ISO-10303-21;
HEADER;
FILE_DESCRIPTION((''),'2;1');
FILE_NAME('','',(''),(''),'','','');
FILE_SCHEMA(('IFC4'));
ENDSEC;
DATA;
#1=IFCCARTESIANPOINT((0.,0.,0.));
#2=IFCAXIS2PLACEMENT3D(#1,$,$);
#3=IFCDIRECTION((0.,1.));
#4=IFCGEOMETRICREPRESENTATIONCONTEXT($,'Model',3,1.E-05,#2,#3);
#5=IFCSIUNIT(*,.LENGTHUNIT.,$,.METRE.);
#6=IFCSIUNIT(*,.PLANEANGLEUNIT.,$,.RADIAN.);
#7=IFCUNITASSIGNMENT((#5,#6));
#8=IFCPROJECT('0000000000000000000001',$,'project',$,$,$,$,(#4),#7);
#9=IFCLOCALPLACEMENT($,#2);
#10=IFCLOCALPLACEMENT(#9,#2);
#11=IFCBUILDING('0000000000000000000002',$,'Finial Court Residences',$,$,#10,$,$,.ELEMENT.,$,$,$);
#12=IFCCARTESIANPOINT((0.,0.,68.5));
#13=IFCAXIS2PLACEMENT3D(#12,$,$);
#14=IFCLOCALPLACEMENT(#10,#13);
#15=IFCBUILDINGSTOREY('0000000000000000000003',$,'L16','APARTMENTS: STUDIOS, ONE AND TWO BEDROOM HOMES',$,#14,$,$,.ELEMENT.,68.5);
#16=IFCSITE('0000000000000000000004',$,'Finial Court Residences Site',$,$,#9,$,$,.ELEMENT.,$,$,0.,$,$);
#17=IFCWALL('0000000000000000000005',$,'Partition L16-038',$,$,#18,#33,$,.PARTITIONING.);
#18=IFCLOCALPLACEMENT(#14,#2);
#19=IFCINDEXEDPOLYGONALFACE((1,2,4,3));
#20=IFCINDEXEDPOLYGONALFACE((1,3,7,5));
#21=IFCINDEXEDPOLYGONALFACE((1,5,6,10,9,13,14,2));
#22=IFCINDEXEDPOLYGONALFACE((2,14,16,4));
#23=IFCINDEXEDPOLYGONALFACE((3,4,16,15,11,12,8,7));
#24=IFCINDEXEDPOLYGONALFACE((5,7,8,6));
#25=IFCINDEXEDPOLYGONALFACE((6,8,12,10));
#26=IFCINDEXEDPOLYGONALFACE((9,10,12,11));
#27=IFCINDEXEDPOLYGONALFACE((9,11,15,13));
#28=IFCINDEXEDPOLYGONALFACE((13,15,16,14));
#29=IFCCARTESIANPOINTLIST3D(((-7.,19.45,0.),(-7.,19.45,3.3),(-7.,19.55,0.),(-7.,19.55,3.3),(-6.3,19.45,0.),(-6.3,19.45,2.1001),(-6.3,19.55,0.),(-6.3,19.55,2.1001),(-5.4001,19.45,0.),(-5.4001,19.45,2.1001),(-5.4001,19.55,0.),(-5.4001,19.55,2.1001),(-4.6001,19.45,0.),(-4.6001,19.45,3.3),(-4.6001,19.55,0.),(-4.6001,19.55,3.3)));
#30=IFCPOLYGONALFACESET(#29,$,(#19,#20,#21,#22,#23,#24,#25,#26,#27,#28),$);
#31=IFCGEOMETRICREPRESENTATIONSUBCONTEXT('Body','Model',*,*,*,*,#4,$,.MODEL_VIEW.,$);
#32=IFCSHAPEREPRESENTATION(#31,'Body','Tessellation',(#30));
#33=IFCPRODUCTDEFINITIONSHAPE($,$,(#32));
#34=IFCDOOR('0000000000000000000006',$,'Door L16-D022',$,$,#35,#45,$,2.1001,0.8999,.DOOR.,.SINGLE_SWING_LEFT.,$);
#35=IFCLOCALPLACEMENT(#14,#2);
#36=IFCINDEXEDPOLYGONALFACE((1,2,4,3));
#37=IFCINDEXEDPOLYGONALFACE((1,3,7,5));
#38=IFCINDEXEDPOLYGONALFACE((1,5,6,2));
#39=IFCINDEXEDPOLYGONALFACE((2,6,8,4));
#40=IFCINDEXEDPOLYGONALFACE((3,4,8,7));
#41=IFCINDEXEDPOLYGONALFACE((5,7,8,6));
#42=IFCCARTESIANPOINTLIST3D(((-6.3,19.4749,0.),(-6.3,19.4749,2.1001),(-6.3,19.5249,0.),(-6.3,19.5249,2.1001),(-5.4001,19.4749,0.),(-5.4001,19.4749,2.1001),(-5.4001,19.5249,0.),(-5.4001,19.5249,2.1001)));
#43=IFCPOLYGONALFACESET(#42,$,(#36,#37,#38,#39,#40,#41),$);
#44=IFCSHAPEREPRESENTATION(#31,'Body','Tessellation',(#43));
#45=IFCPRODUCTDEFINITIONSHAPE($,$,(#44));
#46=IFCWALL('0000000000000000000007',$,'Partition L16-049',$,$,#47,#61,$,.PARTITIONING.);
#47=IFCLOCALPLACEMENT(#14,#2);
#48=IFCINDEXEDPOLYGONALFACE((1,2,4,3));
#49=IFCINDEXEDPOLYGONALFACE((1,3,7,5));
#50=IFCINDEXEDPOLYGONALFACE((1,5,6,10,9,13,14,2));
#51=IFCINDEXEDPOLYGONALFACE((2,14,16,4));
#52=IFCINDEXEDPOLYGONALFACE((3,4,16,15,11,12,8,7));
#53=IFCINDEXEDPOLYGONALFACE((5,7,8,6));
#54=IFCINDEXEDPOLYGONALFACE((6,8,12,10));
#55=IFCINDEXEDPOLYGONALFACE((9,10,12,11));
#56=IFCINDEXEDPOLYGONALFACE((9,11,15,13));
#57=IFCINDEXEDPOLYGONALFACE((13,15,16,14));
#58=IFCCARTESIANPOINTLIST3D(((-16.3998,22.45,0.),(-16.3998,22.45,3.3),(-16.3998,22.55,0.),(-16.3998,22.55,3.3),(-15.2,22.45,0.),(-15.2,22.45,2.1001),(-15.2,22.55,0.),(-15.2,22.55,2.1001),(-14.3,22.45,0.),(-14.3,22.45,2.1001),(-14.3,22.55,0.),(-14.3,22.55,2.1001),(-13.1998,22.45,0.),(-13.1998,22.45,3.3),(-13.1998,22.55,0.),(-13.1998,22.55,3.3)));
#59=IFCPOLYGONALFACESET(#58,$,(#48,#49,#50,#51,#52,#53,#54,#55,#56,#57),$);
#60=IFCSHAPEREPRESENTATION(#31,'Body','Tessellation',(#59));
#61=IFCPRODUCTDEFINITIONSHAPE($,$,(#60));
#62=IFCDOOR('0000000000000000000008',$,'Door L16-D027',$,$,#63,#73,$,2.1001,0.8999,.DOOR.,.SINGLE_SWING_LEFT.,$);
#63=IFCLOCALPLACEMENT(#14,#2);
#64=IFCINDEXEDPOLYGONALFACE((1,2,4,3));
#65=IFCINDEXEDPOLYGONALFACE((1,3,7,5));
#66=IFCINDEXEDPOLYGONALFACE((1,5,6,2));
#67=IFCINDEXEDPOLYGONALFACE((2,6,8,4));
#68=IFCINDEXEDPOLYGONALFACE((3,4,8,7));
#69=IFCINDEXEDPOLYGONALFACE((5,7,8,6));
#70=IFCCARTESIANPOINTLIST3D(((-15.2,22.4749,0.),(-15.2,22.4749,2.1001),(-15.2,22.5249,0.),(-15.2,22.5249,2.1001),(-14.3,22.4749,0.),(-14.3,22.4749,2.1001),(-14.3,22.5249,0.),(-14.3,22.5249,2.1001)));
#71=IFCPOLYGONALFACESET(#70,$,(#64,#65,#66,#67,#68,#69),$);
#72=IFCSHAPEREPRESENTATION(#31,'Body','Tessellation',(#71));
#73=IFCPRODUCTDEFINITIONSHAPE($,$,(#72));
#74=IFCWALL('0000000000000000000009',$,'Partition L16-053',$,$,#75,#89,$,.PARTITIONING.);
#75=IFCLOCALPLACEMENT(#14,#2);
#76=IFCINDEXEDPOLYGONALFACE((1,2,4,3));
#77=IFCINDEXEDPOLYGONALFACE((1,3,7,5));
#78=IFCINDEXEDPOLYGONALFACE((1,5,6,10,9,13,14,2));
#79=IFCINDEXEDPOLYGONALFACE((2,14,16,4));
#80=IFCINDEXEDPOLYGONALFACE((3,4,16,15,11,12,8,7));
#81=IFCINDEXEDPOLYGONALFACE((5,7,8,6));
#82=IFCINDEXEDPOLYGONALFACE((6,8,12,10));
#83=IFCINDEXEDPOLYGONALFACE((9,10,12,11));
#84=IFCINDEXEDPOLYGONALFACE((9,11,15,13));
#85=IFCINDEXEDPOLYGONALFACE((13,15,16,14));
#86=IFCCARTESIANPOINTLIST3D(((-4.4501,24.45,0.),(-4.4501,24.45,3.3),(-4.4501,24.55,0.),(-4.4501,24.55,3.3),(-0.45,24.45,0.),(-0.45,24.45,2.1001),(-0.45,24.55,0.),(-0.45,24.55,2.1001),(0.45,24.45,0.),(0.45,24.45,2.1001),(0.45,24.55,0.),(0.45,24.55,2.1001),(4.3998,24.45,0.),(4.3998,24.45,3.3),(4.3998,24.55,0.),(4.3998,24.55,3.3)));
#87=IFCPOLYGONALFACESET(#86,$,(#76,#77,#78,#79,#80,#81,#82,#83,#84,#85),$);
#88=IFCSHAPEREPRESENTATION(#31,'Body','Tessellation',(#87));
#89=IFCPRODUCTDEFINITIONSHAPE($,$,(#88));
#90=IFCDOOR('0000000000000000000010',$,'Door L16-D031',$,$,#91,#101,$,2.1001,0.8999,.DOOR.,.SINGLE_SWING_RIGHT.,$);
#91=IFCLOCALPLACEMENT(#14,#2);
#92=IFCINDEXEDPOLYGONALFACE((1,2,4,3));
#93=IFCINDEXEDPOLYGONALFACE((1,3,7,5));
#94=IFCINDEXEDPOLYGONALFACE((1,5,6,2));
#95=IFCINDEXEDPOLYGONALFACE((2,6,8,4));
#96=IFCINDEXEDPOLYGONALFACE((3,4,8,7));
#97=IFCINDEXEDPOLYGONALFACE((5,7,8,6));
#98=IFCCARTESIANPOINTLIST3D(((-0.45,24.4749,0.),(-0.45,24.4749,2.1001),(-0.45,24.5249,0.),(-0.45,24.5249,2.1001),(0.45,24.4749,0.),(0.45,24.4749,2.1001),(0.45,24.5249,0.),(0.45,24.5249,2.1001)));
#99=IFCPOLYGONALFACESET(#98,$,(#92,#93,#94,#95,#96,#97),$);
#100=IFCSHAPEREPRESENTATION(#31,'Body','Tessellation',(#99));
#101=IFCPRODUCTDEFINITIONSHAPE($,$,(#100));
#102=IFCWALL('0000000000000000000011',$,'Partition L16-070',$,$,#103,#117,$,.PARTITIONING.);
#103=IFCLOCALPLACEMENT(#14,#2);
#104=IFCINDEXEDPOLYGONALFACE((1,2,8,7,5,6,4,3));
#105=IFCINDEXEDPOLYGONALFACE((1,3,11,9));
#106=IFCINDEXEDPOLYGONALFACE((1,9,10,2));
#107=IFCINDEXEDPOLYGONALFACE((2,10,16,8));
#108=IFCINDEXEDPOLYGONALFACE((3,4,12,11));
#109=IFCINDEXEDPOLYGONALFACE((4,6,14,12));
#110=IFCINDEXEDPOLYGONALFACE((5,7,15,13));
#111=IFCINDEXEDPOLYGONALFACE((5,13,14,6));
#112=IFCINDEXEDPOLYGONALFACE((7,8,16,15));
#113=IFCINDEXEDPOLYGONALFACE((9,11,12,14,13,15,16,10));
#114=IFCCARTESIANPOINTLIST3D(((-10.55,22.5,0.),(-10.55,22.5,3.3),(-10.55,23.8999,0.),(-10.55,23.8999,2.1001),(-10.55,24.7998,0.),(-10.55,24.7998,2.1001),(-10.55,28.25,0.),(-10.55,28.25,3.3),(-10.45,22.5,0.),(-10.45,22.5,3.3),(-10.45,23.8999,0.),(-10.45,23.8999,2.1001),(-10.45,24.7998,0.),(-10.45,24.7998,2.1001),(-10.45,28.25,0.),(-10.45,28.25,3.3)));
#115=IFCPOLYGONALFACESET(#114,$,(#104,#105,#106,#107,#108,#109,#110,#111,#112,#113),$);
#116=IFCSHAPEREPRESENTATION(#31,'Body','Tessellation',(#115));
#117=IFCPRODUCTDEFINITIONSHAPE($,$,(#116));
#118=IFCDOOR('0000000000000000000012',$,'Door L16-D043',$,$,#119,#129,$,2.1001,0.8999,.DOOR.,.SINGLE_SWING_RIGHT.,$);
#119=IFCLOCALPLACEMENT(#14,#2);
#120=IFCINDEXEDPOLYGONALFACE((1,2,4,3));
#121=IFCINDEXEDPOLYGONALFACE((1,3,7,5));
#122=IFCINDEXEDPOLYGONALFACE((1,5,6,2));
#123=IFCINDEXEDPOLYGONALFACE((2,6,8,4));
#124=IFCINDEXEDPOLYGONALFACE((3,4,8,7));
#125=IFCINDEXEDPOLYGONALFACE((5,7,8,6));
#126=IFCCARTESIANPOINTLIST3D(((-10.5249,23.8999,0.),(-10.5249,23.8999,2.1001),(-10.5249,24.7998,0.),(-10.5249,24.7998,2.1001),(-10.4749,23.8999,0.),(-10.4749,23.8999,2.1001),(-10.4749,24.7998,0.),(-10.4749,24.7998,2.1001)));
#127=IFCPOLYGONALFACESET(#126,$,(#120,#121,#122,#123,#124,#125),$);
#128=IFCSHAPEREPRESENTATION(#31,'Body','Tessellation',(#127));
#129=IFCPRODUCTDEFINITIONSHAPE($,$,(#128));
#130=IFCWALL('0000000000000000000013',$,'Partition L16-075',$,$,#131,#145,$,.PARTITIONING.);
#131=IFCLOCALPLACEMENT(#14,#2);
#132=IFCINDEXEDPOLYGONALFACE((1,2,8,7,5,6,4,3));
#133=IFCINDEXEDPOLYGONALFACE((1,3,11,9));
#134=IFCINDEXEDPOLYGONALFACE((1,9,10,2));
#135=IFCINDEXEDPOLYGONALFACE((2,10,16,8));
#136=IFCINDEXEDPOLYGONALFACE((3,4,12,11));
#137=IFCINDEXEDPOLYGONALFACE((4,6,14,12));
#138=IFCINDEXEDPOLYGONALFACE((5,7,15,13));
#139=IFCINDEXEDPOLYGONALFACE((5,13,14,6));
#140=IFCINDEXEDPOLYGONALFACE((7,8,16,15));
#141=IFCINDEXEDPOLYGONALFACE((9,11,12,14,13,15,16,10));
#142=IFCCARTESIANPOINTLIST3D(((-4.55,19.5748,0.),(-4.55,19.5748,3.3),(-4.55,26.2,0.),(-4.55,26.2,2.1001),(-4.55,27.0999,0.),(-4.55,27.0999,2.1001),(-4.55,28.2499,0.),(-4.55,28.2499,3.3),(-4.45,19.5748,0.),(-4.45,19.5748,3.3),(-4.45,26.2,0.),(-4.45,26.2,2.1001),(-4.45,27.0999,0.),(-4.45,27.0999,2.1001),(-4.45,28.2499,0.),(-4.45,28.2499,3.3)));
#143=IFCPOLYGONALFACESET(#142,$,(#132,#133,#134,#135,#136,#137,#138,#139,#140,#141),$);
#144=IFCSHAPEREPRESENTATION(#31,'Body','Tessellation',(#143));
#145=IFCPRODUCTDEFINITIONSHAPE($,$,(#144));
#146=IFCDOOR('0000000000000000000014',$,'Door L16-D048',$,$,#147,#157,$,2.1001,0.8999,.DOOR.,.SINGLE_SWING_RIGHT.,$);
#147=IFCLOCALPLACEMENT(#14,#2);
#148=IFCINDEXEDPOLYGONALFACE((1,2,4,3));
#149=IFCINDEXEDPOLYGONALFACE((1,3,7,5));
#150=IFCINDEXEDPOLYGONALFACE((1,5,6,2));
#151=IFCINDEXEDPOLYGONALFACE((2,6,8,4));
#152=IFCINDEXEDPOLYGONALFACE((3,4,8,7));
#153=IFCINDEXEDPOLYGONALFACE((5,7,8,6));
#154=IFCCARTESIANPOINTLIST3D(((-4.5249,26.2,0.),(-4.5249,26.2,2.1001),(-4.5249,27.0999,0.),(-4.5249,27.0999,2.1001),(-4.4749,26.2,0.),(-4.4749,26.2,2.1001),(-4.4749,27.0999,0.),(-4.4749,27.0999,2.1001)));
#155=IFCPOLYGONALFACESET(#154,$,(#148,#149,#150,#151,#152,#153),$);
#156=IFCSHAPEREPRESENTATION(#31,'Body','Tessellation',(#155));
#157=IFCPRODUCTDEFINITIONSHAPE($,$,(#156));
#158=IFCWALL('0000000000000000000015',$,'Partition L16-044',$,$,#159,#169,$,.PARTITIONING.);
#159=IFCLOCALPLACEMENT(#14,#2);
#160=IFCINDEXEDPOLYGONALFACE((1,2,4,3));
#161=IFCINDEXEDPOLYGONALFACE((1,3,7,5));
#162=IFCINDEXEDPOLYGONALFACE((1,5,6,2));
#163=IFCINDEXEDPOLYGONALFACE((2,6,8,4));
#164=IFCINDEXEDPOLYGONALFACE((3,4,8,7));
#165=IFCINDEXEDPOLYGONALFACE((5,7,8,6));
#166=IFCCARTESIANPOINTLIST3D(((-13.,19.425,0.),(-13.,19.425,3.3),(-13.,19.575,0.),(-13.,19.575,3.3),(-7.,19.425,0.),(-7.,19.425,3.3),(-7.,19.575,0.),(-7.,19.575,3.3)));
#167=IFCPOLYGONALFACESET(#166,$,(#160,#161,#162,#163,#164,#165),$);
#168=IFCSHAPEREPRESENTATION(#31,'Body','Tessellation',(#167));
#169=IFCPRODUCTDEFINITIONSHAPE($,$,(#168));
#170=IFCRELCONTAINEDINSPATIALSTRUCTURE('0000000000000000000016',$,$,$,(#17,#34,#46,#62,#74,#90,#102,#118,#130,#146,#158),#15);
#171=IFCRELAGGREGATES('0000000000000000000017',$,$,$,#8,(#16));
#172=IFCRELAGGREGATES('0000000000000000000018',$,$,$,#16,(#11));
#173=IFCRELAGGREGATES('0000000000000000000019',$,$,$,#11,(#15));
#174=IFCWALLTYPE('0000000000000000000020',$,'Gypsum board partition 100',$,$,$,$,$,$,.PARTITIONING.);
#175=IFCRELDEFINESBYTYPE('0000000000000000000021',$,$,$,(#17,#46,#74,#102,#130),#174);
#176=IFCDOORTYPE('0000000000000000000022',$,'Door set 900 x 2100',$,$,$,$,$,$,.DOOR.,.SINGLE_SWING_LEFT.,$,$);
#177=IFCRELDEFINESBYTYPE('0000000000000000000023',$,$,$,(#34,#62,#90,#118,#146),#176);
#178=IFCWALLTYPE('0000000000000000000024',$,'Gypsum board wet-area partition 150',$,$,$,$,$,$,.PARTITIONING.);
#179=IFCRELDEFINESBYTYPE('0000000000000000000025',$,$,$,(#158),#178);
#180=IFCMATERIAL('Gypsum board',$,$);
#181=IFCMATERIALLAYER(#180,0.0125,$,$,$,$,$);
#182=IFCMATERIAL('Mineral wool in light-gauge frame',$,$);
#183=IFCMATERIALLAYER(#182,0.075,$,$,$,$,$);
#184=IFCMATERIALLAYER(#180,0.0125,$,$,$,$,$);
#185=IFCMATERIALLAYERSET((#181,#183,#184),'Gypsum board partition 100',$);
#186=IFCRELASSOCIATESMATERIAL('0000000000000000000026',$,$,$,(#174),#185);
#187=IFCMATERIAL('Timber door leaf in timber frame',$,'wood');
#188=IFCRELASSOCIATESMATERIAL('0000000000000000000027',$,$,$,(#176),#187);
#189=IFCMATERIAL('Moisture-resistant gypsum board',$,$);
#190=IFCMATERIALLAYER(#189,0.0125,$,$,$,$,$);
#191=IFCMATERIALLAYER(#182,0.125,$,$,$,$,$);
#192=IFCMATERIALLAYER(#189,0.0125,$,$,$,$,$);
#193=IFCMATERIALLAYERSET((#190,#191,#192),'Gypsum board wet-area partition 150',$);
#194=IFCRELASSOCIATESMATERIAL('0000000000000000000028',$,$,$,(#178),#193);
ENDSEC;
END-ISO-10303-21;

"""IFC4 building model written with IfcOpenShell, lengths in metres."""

from ifc_helpers import new_model, si_unit, direction, frame, frame_2d, origin, place, context, subcontext, project, spatial, rectangle, extrude, material, layer, layer_set, type_object, element, fill, save


model = new_model("IFC4")

# Units and contexts
model_context = context("Model", 3, precision=1e-05, world=origin(), true_north=direction((0.0, 1.0)))
body_context = subcontext(model_context, "Body", "Model", "MODEL_VIEW")
ifc_project = project(units=[si_unit("LENGTHUNIT", "METRE"), si_unit("PLANEANGLEUNIT", "RADIAN")], contexts=[model_context])

# Site, building, storey
site_placement = place(None, origin())
site = spatial("IfcSite", under=ifc_project, at=site_placement, Name="Finial Court Residences Site", CompositionType="ELEMENT", RefElevation=0.0)
building_placement = place(site_placement, origin())
building = spatial("IfcBuilding", under=site, at=building_placement, Name="Finial Court Residences", CompositionType="ELEMENT")
storey_placement = place(building_placement, frame((0.0, 0.0, 68.5)))
storey = spatial("IfcBuildingStorey", under=building, at=storey_placement, Name="L16", Description="APARTMENTS: STUDIOS, ONE AND TWO BEDROOM HOMES", CompositionType="ELEMENT", Elevation=68.5)

# Walls, openings, doors
ifc_material_1 = material(Name="Gypsum board")
ifc_layer_1 = layer(ifc_material_1, 0.0125)
ifc_material_2 = material(Name="Mineral wool in light-gauge frame")
ifc_layer_2 = layer(ifc_material_2, 0.075)
ifc_layer_3 = layer(ifc_material_1, 0.0125)
ifc_layer_set_1 = layer_set([ifc_layer_1, ifc_layer_2, ifc_layer_3], Name="Gypsum board partition 100")
wall_type_1 = type_object("IfcWallType", Name="Gypsum board partition 100", PredefinedType="PARTITIONING", material=ifc_layer_set_1)
wall_1_placement = place(storey_placement, frame((-7.0, 19.5, 0.0), z_axis=(0.0, 0.0, 1.0), x_axis=(1.0, 0.0, 0.0)))
wall_1 = element("IfcWall", 1, at=wall_1_placement, inside=storey, type_object=wall_type_1, Name="Partition L16-038", PredefinedType="PARTITIONING", context=body_context, shape_type="SweptSolid", body=[
    extrude(rectangle(XDim=2.3999, YDim=0.1001, at=frame_2d((1.2, 0.0))), origin(), (0.0, 0.0, 1.0), 3.3),
])
opening_1_placement = place(wall_1_placement, frame((0.7, 0.0, 0.0)))
opening_1 = element("IfcOpeningElement", 2, at=opening_1_placement, cuts=wall_1, PredefinedType="OPENING", context=body_context, shape_type="SweptSolid", body=[
    extrude(rectangle(XDim=0.8999, YDim=2.1001, at=frame_2d((0.45, 1.05))), frame((0.0, 0.0601, 0.0), z_axis=(0.0, -1.0, 0.0), x_axis=(1.0, 0.0, 0.0)), (0.0, 0.0, 1.0), 0.1201),
])
ifc_material_3 = material(Name="Timber door leaf in timber frame", Category="wood")
door_type = type_object("IfcDoorType", Name="Door set 900 x 2100", OperationType="SINGLE_SWING_LEFT", PredefinedType="DOOR", material=ifc_material_3)
door_1_placement = place(opening_1_placement, origin())
door_1 = element("IfcDoor", 3, at=door_1_placement, inside=storey, type_object=door_type, Name="Door L16-D022", OperationType="SINGLE_SWING_LEFT", OverallHeight=2.1001, OverallWidth=0.8999, PredefinedType="DOOR", context=body_context, shape_type="SweptSolid", body=[
    extrude(rectangle(XDim=0.8999, YDim=2.1001, at=frame_2d((0.45, 1.05))), frame((0.0, 0.0249, 0.0), z_axis=(0.0, -1.0, 0.0), x_axis=(1.0, 0.0, 0.0)), (0.0, 0.0, 1.0), 0.05),
])
fill(opening_1, door_1)
wall_2_placement = place(storey_placement, frame((-16.3999, 22.5, 0.0), z_axis=(0.0, 0.0, 1.0), x_axis=(1.0, 0.0, 0.0)))
wall_2 = element("IfcWall", 4, at=wall_2_placement, inside=storey, type_object=wall_type_1, Name="Partition L16-049", PredefinedType="PARTITIONING", context=body_context, shape_type="SweptSolid", body=[
    extrude(rectangle(XDim=3.2, YDim=0.1001, at=frame_2d((1.6001, 0.0))), origin(), (0.0, 0.0, 1.0), 3.3),
])
opening_2_placement = place(wall_2_placement, frame((1.2, 0.0, 0.0)))
opening_2 = element("IfcOpeningElement", 5, at=opening_2_placement, cuts=wall_2, PredefinedType="OPENING", context=body_context, shape_type="SweptSolid", body=[
    extrude(rectangle(XDim=0.8999, YDim=2.1001, at=frame_2d((0.45, 1.05))), frame((0.0, 0.0601, 0.0), z_axis=(0.0, -1.0, 0.0), x_axis=(1.0, 0.0, 0.0)), (0.0, 0.0, 1.0), 0.1201),
])
door_2_placement = place(opening_2_placement, origin())
door_2 = element("IfcDoor", 6, at=door_2_placement, inside=storey, type_object=door_type, Name="Door L16-D027", OperationType="SINGLE_SWING_LEFT", OverallHeight=2.1001, OverallWidth=0.8999, PredefinedType="DOOR", context=body_context, shape_type="SweptSolid", body=[
    extrude(rectangle(XDim=0.8999, YDim=2.1001, at=frame_2d((0.45, 1.05))), frame((0.0, 0.0249, 0.0), z_axis=(0.0, -1.0, 0.0), x_axis=(1.0, 0.0, 0.0)), (0.0, 0.0, 1.0), 0.05),
])
fill(opening_2, door_2)
wall_3_placement = place(storey_placement, frame((-4.45, 24.5, 0.0), z_axis=(0.0, 0.0, 1.0), x_axis=(1.0, 0.0, 0.0)))
wall_3 = element("IfcWall", 7, at=wall_3_placement, inside=storey, type_object=wall_type_1, Name="Partition L16-053", PredefinedType="PARTITIONING", context=body_context, shape_type="SweptSolid", body=[
    extrude(rectangle(XDim=8.8499, YDim=0.1001, at=frame_2d((4.4248, 0.0))), origin(), (0.0, 0.0, 1.0), 3.3),
])
opening_3_placement = place(wall_3_placement, frame((4.0, 0.0, 0.0)))
opening_3 = element("IfcOpeningElement", 8, at=opening_3_placement, cuts=wall_3, PredefinedType="OPENING", context=body_context, shape_type="SweptSolid", body=[
    extrude(rectangle(XDim=0.8999, YDim=2.1001, at=frame_2d((0.45, 1.05))), frame((0.0, 0.0601, 0.0), z_axis=(0.0, -1.0, 0.0), x_axis=(1.0, 0.0, 0.0)), (0.0, 0.0, 1.0), 0.1201),
])
door_3_placement = place(opening_3_placement, origin())
door_3 = element("IfcDoor", 9, at=door_3_placement, inside=storey, type_object=door_type, Name="Door L16-D031", OperationType="SINGLE_SWING_RIGHT", OverallHeight=2.1001, OverallWidth=0.8999, PredefinedType="DOOR", context=body_context, shape_type="SweptSolid", body=[
    extrude(rectangle(XDim=0.8999, YDim=2.1001, at=frame_2d((0.45, 1.05))), frame((0.0, 0.0249, 0.0), z_axis=(0.0, -1.0, 0.0), x_axis=(1.0, 0.0, 0.0)), (0.0, 0.0, 1.0), 0.05),
])
fill(opening_3, door_3)
wall_4_placement = place(storey_placement, frame((-10.5, 22.5, 0.0), z_axis=(0.0, 0.0, 1.0), x_axis=(0.0, 1.0, 0.0)))
wall_4 = element("IfcWall", 10, at=wall_4_placement, inside=storey, type_object=wall_type_1, Name="Partition L16-070", PredefinedType="PARTITIONING", context=body_context, shape_type="SweptSolid", body=[
    extrude(rectangle(XDim=5.75, YDim=0.1001, at=frame_2d((2.875, 0.0))), origin(), (0.0, 0.0, 1.0), 3.3),
])
opening_4_placement = place(wall_4_placement, frame((1.3999, 0.0, 0.0)))
opening_4 = element("IfcOpeningElement", 11, at=opening_4_placement, cuts=wall_4, PredefinedType="OPENING", context=body_context, shape_type="SweptSolid", body=[
    extrude(rectangle(XDim=0.8999, YDim=2.1001, at=frame_2d((0.45, 1.05))), frame((0.0, 0.0601, 0.0), z_axis=(0.0, -1.0, 0.0), x_axis=(1.0, 0.0, 0.0)), (0.0, 0.0, 1.0), 0.1201),
])
door_4_placement = place(opening_4_placement, origin())
door_4 = element("IfcDoor", 12, at=door_4_placement, inside=storey, type_object=door_type, Name="Door L16-D043", OperationType="SINGLE_SWING_RIGHT", OverallHeight=2.1001, OverallWidth=0.8999, PredefinedType="DOOR", context=body_context, shape_type="SweptSolid", body=[
    extrude(rectangle(XDim=0.8999, YDim=2.1001, at=frame_2d((0.45, 1.05))), frame((0.0, 0.0249, 0.0), z_axis=(0.0, -1.0, 0.0), x_axis=(1.0, 0.0, 0.0)), (0.0, 0.0, 1.0), 0.05),
])
fill(opening_4, door_4)
wall_5_placement = place(storey_placement, frame((-4.5, 19.575, 0.0), z_axis=(0.0, 0.0, 1.0), x_axis=(0.0, 1.0, 0.0)))
wall_5 = element("IfcWall", 13, at=wall_5_placement, inside=storey, type_object=wall_type_1, Name="Partition L16-075", PredefinedType="PARTITIONING", context=body_context, shape_type="SweptSolid", body=[
    extrude(rectangle(XDim=8.675, YDim=0.1001, at=frame_2d((4.3374, 0.0))), origin(), (0.0, 0.0, 1.0), 3.3),
])
opening_5_placement = place(wall_5_placement, frame((6.625, 0.0, 0.0)))
opening_5 = element("IfcOpeningElement", 14, at=opening_5_placement, cuts=wall_5, PredefinedType="OPENING", context=body_context, shape_type="SweptSolid", body=[
    extrude(rectangle(XDim=0.8999, YDim=2.1001, at=frame_2d((0.45, 1.05))), frame((0.0, 0.0601, 0.0), z_axis=(0.0, -1.0, 0.0), x_axis=(1.0, 0.0, 0.0)), (0.0, 0.0, 1.0), 0.1201),
])
door_5_placement = place(opening_5_placement, origin())
door_5 = element("IfcDoor", 15, at=door_5_placement, inside=storey, type_object=door_type, Name="Door L16-D048", OperationType="SINGLE_SWING_RIGHT", OverallHeight=2.1001, OverallWidth=0.8999, PredefinedType="DOOR", context=body_context, shape_type="SweptSolid", body=[
    extrude(rectangle(XDim=0.8999, YDim=2.1001, at=frame_2d((0.45, 1.05))), frame((0.0, 0.0249, 0.0), z_axis=(0.0, -1.0, 0.0), x_axis=(1.0, 0.0, 0.0)), (0.0, 0.0, 1.0), 0.05),
])
fill(opening_5, door_5)

# Wall
ifc_material_4 = material(Name="Moisture-resistant gypsum board")
ifc_layer_4 = layer(ifc_material_4, 0.0125)
ifc_layer_5 = layer(ifc_material_2, 0.125)
ifc_layer_6 = layer(ifc_material_4, 0.0125)
ifc_layer_set_2 = layer_set([ifc_layer_4, ifc_layer_5, ifc_layer_6], Name="Gypsum board wet-area partition 150")
wall_type_2 = type_object("IfcWallType", Name="Gypsum board wet-area partition 150", PredefinedType="PARTITIONING", material=ifc_layer_set_2)
wall_6_placement = place(storey_placement, frame((-13.0, 19.5, 0.0), z_axis=(0.0, 0.0, 1.0), x_axis=(1.0, 0.0, 0.0)))
element("IfcWall", 16, at=wall_6_placement, inside=storey, type_object=wall_type_2, Name="Partition L16-044", PredefinedType="PARTITIONING", context=body_context, shape_type="SweptSolid", body=[
    extrude(rectangle(XDim=6.0, YDim=0.1499, at=frame_2d((3.0, 0.0))), origin(), (0.0, 0.0, 1.0), 3.3),
])

save(model, "model.ifc")
